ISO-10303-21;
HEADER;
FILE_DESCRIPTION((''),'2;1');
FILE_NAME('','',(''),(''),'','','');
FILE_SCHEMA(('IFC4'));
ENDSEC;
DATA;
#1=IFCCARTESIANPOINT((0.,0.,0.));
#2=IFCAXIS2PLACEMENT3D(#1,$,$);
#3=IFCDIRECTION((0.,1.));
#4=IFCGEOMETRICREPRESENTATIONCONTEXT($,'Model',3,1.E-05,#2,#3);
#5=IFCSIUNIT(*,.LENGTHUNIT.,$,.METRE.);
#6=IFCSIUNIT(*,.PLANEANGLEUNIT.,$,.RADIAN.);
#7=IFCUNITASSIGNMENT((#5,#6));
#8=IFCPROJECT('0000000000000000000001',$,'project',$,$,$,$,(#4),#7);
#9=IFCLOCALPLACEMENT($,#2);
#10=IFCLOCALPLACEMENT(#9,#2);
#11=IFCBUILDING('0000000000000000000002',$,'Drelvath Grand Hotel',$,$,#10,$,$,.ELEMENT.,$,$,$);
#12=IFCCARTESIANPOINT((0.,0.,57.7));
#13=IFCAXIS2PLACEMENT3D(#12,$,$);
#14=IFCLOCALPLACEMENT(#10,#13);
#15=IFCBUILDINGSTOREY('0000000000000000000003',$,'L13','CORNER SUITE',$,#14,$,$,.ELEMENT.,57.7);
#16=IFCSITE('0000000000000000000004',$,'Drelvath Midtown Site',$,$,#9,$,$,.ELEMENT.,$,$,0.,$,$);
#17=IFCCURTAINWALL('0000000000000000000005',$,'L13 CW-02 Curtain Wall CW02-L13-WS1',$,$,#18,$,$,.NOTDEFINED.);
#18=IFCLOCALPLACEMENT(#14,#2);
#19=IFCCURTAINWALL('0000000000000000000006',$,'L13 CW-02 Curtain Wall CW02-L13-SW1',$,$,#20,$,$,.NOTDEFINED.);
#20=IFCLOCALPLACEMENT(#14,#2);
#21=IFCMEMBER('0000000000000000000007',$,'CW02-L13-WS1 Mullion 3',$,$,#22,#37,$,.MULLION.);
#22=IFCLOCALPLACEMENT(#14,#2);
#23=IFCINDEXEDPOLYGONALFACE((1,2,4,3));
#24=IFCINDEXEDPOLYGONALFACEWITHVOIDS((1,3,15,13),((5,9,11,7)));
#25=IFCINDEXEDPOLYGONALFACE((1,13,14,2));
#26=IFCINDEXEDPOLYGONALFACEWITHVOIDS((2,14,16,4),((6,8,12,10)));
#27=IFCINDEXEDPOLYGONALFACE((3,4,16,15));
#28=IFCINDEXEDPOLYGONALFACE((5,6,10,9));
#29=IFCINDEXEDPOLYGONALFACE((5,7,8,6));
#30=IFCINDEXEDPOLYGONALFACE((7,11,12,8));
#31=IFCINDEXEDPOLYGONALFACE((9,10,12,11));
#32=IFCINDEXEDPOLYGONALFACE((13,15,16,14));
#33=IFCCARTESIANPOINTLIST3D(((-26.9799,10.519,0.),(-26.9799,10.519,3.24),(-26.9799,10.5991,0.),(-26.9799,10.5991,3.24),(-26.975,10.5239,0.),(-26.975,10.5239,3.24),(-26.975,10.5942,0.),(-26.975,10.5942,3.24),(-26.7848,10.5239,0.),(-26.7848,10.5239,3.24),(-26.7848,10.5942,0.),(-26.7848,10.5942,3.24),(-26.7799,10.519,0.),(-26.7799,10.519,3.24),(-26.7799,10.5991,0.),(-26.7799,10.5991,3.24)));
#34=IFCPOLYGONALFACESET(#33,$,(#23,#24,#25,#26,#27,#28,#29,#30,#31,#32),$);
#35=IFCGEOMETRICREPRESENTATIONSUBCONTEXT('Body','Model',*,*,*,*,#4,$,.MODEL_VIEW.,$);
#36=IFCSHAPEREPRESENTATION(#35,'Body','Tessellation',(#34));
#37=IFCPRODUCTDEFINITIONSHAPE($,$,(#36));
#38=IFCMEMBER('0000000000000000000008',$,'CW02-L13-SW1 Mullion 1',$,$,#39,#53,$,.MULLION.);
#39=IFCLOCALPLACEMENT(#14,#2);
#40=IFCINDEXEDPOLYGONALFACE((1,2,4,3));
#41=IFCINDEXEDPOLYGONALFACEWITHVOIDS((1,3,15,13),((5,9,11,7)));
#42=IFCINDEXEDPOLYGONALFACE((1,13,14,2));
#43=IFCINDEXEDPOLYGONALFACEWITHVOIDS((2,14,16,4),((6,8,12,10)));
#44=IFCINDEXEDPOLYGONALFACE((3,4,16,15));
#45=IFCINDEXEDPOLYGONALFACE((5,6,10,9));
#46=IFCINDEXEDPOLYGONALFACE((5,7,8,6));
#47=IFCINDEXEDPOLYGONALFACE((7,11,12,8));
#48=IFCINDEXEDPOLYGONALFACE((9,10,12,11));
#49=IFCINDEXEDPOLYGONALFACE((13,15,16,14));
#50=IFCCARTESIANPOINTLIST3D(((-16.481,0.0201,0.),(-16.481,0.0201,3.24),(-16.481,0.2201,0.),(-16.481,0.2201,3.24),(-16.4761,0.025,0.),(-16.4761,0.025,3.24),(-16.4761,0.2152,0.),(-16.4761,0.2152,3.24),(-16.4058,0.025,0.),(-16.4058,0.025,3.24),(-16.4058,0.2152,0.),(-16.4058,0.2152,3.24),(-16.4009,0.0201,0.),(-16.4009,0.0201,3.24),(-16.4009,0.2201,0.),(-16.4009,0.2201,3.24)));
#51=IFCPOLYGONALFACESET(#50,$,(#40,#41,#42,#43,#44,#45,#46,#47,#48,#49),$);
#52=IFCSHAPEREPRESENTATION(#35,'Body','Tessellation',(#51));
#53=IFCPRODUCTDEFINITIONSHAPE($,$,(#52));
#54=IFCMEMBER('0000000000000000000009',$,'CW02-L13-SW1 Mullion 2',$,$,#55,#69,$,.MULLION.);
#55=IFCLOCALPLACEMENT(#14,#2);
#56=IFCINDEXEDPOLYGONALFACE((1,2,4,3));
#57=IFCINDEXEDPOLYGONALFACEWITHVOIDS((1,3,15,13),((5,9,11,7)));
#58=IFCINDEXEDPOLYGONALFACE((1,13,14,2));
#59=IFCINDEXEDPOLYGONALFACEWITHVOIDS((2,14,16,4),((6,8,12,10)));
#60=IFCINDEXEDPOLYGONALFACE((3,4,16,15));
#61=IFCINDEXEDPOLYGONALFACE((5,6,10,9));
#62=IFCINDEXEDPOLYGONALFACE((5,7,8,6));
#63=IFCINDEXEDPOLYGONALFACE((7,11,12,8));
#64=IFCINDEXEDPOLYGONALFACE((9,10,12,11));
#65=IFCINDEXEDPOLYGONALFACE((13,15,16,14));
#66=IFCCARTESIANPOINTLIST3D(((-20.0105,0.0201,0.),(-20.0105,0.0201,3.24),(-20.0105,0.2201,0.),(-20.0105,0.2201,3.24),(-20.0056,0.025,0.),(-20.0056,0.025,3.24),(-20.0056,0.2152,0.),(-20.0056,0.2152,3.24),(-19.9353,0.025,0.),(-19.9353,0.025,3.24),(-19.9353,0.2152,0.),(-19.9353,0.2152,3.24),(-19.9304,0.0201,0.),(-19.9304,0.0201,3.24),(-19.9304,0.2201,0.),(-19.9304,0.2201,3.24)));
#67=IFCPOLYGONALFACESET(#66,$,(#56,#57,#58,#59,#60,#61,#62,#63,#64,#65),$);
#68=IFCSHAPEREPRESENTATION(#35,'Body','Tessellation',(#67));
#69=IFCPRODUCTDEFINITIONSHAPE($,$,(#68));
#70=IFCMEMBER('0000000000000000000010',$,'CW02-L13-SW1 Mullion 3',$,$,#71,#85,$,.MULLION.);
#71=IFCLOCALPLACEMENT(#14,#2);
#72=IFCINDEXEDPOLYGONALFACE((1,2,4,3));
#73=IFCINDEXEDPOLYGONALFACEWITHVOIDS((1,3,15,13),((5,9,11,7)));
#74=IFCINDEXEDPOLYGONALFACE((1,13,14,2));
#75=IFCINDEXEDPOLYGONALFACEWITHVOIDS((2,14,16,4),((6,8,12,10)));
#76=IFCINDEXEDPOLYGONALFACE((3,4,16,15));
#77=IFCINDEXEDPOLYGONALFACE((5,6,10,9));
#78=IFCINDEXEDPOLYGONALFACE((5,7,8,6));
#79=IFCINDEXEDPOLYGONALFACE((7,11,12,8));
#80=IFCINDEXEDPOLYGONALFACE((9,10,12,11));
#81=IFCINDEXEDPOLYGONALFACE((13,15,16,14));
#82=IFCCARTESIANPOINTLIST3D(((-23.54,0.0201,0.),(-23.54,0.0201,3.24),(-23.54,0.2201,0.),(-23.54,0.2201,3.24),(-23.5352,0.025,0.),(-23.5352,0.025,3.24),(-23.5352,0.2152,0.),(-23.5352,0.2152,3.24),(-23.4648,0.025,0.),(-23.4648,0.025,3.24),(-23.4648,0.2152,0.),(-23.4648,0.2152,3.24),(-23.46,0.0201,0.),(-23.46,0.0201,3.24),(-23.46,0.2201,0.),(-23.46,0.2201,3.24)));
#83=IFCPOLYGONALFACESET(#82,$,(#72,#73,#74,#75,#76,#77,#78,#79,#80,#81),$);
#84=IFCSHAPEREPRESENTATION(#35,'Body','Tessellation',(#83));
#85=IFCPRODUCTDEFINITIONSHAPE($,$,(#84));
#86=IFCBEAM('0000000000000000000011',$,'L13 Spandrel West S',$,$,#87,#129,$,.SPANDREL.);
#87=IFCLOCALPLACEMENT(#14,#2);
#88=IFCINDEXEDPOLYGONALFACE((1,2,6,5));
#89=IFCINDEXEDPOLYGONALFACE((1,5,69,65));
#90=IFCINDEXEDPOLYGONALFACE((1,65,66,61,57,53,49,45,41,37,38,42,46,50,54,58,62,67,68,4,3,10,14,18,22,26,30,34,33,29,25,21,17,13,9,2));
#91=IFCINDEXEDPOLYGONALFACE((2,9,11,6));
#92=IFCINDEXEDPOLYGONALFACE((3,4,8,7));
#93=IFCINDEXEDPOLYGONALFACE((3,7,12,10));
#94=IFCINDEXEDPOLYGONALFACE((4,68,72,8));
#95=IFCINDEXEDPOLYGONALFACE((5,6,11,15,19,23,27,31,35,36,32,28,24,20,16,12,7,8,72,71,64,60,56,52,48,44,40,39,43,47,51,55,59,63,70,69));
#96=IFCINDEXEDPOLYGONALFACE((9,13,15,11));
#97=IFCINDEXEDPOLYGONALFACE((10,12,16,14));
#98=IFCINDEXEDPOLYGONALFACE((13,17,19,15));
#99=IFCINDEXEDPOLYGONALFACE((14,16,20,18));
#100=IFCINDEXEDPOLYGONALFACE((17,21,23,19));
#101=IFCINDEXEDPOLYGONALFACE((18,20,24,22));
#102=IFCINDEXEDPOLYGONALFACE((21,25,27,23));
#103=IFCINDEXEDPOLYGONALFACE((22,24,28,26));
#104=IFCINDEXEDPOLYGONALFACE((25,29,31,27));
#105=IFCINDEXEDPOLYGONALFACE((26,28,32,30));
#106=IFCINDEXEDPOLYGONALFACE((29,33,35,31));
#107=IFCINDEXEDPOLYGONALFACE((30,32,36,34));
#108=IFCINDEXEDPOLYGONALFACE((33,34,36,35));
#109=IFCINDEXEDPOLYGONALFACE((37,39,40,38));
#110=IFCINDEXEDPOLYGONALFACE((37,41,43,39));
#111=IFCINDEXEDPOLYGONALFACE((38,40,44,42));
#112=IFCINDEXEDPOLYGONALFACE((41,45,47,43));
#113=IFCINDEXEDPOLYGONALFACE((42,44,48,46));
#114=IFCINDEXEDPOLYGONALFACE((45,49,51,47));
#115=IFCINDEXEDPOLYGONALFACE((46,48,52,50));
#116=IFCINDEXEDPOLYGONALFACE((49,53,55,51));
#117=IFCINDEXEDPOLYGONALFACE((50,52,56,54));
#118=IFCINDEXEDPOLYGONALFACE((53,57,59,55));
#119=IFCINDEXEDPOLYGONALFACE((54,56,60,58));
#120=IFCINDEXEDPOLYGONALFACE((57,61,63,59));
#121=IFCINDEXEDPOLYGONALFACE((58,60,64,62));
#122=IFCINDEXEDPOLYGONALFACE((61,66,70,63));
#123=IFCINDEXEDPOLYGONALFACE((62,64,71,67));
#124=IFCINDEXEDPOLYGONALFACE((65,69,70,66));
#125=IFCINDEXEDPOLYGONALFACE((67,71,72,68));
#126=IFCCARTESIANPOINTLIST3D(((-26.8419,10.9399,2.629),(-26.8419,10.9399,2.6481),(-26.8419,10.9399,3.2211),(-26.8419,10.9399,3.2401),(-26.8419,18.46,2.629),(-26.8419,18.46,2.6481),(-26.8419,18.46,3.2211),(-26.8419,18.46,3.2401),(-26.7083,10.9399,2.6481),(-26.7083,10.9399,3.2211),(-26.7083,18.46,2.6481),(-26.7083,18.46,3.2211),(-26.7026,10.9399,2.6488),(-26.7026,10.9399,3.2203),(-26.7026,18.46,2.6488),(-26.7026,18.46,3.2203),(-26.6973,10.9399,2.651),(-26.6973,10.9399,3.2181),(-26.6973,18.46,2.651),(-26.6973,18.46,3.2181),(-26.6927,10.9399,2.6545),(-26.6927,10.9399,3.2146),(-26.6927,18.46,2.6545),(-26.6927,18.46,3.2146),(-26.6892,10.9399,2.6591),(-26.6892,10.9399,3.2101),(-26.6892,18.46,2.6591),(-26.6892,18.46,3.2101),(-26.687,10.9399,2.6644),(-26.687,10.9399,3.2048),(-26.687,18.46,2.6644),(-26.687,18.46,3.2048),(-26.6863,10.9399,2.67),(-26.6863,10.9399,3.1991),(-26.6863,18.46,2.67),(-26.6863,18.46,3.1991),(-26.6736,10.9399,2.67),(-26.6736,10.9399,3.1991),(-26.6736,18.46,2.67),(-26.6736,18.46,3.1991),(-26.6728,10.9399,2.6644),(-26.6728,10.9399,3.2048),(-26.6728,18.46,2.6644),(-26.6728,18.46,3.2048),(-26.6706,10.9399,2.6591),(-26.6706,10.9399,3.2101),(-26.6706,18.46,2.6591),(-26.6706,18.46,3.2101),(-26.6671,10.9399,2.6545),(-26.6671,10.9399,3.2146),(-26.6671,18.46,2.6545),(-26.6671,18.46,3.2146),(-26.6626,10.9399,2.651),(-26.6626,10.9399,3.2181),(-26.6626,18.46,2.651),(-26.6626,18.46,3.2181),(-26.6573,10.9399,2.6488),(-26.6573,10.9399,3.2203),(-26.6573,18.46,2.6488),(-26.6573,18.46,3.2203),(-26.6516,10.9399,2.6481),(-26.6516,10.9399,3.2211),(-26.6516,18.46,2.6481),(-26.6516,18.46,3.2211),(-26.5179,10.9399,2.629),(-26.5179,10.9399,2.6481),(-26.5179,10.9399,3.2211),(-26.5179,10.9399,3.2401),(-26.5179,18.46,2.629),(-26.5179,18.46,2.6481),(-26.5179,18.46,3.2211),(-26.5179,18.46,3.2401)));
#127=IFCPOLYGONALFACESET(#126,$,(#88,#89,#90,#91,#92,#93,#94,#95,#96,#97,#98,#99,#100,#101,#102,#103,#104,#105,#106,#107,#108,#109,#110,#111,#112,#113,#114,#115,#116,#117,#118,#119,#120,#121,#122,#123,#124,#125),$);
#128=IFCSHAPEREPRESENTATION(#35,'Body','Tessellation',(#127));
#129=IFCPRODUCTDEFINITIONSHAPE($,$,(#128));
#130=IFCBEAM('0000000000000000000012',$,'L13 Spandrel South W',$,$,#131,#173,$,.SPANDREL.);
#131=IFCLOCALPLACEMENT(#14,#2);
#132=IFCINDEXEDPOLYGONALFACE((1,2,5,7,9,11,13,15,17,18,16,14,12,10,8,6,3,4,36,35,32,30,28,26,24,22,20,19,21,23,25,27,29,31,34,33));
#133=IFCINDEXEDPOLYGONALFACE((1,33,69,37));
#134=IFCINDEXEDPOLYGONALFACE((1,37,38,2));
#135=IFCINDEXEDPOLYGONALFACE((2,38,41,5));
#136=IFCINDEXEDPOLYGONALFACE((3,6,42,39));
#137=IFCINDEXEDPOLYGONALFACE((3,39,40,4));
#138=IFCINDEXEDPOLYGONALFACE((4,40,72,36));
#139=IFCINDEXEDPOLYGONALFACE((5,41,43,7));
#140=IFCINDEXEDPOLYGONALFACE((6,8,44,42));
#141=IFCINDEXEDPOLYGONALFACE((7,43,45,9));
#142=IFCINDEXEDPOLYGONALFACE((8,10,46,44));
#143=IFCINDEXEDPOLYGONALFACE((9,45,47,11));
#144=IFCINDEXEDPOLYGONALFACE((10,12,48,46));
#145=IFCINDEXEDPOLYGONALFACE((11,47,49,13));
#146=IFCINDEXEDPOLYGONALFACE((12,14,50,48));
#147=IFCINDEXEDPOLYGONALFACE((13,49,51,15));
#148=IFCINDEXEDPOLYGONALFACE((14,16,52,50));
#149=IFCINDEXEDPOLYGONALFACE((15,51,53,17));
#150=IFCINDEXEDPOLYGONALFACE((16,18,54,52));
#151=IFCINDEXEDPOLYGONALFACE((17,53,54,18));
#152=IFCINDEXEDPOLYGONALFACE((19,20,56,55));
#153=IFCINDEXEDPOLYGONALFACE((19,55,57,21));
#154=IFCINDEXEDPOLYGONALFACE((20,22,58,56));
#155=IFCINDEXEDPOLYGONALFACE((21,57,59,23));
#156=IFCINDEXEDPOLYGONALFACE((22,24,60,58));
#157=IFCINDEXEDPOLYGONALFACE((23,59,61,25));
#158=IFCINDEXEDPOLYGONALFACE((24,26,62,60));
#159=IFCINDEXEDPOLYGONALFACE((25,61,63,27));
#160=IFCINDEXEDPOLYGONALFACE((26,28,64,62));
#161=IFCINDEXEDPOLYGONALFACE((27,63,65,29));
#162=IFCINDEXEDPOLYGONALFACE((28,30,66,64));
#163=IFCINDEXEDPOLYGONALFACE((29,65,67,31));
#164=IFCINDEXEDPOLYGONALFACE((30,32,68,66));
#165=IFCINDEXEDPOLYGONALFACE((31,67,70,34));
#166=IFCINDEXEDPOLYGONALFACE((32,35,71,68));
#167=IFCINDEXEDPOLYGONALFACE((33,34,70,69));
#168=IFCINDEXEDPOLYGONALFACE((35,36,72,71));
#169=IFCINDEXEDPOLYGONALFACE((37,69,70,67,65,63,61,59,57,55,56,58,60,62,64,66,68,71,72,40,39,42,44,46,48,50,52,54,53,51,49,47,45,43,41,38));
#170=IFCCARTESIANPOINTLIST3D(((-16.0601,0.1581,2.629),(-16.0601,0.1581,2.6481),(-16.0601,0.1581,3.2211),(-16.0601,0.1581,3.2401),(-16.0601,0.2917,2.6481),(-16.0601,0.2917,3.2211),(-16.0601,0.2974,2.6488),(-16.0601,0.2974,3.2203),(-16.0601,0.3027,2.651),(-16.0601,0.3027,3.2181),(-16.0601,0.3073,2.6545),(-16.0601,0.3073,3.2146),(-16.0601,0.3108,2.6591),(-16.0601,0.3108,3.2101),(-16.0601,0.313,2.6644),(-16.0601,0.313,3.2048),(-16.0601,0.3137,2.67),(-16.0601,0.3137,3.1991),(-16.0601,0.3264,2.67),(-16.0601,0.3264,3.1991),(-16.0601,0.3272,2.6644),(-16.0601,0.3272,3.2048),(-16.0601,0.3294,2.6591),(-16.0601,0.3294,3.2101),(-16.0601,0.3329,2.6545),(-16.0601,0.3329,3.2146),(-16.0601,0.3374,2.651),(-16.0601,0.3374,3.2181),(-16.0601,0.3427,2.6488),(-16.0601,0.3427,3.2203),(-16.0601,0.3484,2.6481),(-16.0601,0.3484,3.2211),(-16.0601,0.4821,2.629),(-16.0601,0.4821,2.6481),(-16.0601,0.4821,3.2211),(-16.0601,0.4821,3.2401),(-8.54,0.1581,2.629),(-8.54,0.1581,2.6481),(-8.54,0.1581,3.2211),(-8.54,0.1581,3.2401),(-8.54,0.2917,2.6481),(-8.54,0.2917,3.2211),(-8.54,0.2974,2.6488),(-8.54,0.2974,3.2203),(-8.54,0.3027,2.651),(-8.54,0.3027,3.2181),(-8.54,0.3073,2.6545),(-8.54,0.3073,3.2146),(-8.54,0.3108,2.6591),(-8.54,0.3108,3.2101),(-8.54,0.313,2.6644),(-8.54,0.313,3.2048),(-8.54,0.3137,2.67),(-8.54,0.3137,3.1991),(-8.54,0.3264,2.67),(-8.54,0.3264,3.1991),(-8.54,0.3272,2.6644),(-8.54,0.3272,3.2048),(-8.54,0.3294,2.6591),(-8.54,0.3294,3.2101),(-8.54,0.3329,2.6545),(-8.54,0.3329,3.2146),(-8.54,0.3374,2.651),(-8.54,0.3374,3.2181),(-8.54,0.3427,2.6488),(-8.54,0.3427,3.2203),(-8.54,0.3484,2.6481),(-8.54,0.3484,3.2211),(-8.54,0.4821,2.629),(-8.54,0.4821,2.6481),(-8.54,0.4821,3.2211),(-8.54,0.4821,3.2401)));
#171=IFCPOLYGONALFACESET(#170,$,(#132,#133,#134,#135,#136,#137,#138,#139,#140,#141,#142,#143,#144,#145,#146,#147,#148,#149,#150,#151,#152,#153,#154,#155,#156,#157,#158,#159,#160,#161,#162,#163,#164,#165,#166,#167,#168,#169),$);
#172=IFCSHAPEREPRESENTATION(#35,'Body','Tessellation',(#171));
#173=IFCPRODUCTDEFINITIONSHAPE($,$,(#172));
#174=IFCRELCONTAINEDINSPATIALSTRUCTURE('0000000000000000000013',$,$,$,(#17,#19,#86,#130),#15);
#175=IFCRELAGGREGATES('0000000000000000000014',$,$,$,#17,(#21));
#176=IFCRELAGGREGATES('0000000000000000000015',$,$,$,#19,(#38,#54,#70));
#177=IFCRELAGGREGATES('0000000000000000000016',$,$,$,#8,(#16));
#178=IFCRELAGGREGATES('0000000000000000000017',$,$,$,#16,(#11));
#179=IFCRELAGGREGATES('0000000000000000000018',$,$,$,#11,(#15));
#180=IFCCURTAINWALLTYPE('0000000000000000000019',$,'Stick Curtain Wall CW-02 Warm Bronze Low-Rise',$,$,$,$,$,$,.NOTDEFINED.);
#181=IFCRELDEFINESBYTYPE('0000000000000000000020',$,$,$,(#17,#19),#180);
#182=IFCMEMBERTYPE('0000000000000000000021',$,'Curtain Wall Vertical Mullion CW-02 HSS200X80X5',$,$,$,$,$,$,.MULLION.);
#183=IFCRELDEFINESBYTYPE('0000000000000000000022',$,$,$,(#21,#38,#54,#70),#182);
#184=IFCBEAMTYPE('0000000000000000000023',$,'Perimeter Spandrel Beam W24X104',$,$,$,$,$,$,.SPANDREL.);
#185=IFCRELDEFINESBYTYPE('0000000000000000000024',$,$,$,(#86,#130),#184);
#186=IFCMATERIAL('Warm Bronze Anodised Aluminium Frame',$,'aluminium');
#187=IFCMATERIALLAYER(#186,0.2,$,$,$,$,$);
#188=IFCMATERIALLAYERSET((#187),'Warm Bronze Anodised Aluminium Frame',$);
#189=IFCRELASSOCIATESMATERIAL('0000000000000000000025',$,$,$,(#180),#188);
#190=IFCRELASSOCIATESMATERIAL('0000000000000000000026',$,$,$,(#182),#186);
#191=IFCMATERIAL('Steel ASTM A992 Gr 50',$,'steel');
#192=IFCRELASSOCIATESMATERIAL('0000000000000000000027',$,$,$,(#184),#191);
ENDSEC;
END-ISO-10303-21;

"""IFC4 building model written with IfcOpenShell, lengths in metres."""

from ifc_helpers import new_model, si_unit, direction, frame, origin, origin_2d, place, context, subcontext, project, spatial, hollow_rectangle, i_section, extrude, material, layer, layer_set, material_profile, profile_set, type_object, element, aggregate, save


model = new_model("IFC4")

# Units and contexts
model_context = context("Model", 3, precision=1e-05, world=origin(), true_north=direction((0.0, 1.0)))
body_context = subcontext(model_context, "Body", "Model", "MODEL_VIEW")
ifc_project = project(units=[si_unit("LENGTHUNIT", "METRE"), si_unit("PLANEANGLEUNIT", "RADIAN")], contexts=[model_context])

# Site, building, storey
site_placement = place(None, origin())
site = spatial("IfcSite", under=ifc_project, at=site_placement, Name="Drelvath Midtown Site", CompositionType="ELEMENT", RefElevation=0.0)
building_placement = place(site_placement, origin())
building = spatial("IfcBuilding", under=site, at=building_placement, Name="Drelvath Grand Hotel", CompositionType="ELEMENT")
storey_placement = place(building_placement, frame((0.0, 0.0, 57.7)))
storey = spatial("IfcBuildingStorey", under=building, at=storey_placement, Name="L13", Description="CORNER SUITE", CompositionType="ELEMENT", Elevation=57.7)

# Curtain walls
ifc_material_1 = material(Name="Warm Bronze Anodised Aluminium Frame", Category="aluminium")
ifc_layer_1 = layer(ifc_material_1, 0.2)
ifc_layer_set_1 = layer_set([ifc_layer_1], Name="Warm Bronze Anodised Aluminium Frame")
curtain_wall_type = type_object("IfcCurtainWallType", Name="Stick Curtain Wall CW-02 Warm Bronze Low-Rise", PredefinedType="NOTDEFINED", material=ifc_layer_set_1)
curtain_wall_1_placement = place(storey_placement, origin())
curtain_wall_1 = element("IfcCurtainWall", 1, at=curtain_wall_1_placement, inside=storey, type_object=curtain_wall_type, Name="L13 CW-02 Curtain Wall CW02-L13-WS1", PredefinedType="NOTDEFINED")
curtain_wall_2_placement = place(storey_placement, origin())
curtain_wall_2 = element("IfcCurtainWall", 2, at=curtain_wall_2_placement, inside=storey, type_object=curtain_wall_type, Name="L13 CW-02 Curtain Wall CW02-L13-SW1", PredefinedType="NOTDEFINED")

# Members
ifc_material_profile_1 = material_profile(ifc_material_1, hollow_rectangle(XDim=0.0801, YDim=0.2, WallThickness=0.0049, at=origin_2d()), Name="HSS200X80X5")
ifc_profile_set_1 = profile_set([ifc_material_profile_1], Name="Warm Bronze Anodised Aluminium Frame")
member_type_1 = type_object("IfcMemberType", Name="Curtain Wall Vertical Mullion CW-02 HSS200X80X5", PredefinedType="MULLION", material=ifc_profile_set_1)
member_1_placement = place(storey_placement, frame((-26.8799, 10.5591, 0.0), z_axis=(0.0, 0.0, 1.0), x_axis=(0.0, 1.0, 0.0)))
member_1 = element("IfcMember", 3, at=member_1_placement, type_object=member_type_1, Name="CW02-L13-WS1 Mullion 3", PredefinedType="MULLION", context=body_context, shape_type="SweptSolid", body=[
    extrude(hollow_rectangle(XDim=0.0801, YDim=0.2, WallThickness=0.0049, at=origin_2d()), origin(), (0.0, 0.0, 1.0), 3.24),
])
member_2_placement = place(storey_placement, frame((-16.4409, 0.1201, 0.0), z_axis=(0.0, 0.0, 1.0), x_axis=(1.0, 0.0, 0.0)))
member_2 = element("IfcMember", 4, at=member_2_placement, type_object=member_type_1, Name="CW02-L13-SW1 Mullion 1", PredefinedType="MULLION", context=body_context, shape_type="SweptSolid", body=[
    extrude(hollow_rectangle(XDim=0.0801, YDim=0.2, WallThickness=0.0049, at=origin_2d()), origin(), (0.0, 0.0, 1.0), 3.24),
])
member_3_placement = place(storey_placement, frame((-19.9705, 0.1201, 0.0), z_axis=(0.0, 0.0, 1.0), x_axis=(1.0, 0.0, 0.0)))
member_3 = element("IfcMember", 5, at=member_3_placement, type_object=member_type_1, Name="CW02-L13-SW1 Mullion 2", PredefinedType="MULLION", context=body_context, shape_type="SweptSolid", body=[
    extrude(hollow_rectangle(XDim=0.0801, YDim=0.2, WallThickness=0.0049, at=origin_2d()), origin(), (0.0, 0.0, 1.0), 3.24),
])
member_4_placement = place(storey_placement, frame((-23.5, 0.1201, 0.0), z_axis=(0.0, 0.0, 1.0), x_axis=(1.0, 0.0, 0.0)))
member_4 = element("IfcMember", 6, at=member_4_placement, type_object=member_type_1, Name="CW02-L13-SW1 Mullion 3", PredefinedType="MULLION", context=body_context, shape_type="SweptSolid", body=[
    extrude(hollow_rectangle(XDim=0.0801, YDim=0.2, WallThickness=0.0049, at=origin_2d()), origin(), (0.0, 0.0, 1.0), 3.24),
])

# Beams
ifc_material_2 = material(Name="Steel ASTM A992 Gr 50", Category="steel")
ifc_material_profile_2 = material_profile(ifc_material_2, i_section(OverallWidth=0.324, OverallDepth=0.6111, WebThickness=0.0127, FlangeThickness=0.019, FilletRadius=0.022, at=origin_2d()), Name="W24X104")
ifc_profile_set_2 = profile_set([ifc_material_profile_2], Name="Steel ASTM A992 Gr 50")
beam_type_1 = type_object("IfcBeamType", Name="Perimeter Spandrel Beam W24X104", PredefinedType="SPANDREL", material=ifc_profile_set_2)
for number, where, z_axis, x_axis, name in (
    (7, (-26.6799, 10.9399, 2.9346), (0.0, 1.0, 0.0), (-1.0, 0.0, 0.0), "L13 Spandrel West S"),
    (8, (-16.0601, 0.3201, 2.9346), (1.0, 0.0, 0.0), (0.0, 1.0, 0.0), "L13 Spandrel South W"),
):
    element("IfcBeam", number, at=place(storey_placement, frame(where, z_axis=z_axis, x_axis=x_axis)), inside=storey, type_object=beam_type_1, Name=name, PredefinedType="SPANDREL", context=body_context, shape_type="SweptSolid", body=[
        extrude(i_section(OverallWidth=0.324, OverallDepth=0.6111, WebThickness=0.0127, FlangeThickness=0.019, FilletRadius=0.022, at=origin_2d()), origin(), (0.0, 0.0, 1.0), 7.52),
    ])

aggregate(curtain_wall_1, [member_1])
aggregate(curtain_wall_2, [member_2, member_3, member_4])

save(model, "model.ifc")
